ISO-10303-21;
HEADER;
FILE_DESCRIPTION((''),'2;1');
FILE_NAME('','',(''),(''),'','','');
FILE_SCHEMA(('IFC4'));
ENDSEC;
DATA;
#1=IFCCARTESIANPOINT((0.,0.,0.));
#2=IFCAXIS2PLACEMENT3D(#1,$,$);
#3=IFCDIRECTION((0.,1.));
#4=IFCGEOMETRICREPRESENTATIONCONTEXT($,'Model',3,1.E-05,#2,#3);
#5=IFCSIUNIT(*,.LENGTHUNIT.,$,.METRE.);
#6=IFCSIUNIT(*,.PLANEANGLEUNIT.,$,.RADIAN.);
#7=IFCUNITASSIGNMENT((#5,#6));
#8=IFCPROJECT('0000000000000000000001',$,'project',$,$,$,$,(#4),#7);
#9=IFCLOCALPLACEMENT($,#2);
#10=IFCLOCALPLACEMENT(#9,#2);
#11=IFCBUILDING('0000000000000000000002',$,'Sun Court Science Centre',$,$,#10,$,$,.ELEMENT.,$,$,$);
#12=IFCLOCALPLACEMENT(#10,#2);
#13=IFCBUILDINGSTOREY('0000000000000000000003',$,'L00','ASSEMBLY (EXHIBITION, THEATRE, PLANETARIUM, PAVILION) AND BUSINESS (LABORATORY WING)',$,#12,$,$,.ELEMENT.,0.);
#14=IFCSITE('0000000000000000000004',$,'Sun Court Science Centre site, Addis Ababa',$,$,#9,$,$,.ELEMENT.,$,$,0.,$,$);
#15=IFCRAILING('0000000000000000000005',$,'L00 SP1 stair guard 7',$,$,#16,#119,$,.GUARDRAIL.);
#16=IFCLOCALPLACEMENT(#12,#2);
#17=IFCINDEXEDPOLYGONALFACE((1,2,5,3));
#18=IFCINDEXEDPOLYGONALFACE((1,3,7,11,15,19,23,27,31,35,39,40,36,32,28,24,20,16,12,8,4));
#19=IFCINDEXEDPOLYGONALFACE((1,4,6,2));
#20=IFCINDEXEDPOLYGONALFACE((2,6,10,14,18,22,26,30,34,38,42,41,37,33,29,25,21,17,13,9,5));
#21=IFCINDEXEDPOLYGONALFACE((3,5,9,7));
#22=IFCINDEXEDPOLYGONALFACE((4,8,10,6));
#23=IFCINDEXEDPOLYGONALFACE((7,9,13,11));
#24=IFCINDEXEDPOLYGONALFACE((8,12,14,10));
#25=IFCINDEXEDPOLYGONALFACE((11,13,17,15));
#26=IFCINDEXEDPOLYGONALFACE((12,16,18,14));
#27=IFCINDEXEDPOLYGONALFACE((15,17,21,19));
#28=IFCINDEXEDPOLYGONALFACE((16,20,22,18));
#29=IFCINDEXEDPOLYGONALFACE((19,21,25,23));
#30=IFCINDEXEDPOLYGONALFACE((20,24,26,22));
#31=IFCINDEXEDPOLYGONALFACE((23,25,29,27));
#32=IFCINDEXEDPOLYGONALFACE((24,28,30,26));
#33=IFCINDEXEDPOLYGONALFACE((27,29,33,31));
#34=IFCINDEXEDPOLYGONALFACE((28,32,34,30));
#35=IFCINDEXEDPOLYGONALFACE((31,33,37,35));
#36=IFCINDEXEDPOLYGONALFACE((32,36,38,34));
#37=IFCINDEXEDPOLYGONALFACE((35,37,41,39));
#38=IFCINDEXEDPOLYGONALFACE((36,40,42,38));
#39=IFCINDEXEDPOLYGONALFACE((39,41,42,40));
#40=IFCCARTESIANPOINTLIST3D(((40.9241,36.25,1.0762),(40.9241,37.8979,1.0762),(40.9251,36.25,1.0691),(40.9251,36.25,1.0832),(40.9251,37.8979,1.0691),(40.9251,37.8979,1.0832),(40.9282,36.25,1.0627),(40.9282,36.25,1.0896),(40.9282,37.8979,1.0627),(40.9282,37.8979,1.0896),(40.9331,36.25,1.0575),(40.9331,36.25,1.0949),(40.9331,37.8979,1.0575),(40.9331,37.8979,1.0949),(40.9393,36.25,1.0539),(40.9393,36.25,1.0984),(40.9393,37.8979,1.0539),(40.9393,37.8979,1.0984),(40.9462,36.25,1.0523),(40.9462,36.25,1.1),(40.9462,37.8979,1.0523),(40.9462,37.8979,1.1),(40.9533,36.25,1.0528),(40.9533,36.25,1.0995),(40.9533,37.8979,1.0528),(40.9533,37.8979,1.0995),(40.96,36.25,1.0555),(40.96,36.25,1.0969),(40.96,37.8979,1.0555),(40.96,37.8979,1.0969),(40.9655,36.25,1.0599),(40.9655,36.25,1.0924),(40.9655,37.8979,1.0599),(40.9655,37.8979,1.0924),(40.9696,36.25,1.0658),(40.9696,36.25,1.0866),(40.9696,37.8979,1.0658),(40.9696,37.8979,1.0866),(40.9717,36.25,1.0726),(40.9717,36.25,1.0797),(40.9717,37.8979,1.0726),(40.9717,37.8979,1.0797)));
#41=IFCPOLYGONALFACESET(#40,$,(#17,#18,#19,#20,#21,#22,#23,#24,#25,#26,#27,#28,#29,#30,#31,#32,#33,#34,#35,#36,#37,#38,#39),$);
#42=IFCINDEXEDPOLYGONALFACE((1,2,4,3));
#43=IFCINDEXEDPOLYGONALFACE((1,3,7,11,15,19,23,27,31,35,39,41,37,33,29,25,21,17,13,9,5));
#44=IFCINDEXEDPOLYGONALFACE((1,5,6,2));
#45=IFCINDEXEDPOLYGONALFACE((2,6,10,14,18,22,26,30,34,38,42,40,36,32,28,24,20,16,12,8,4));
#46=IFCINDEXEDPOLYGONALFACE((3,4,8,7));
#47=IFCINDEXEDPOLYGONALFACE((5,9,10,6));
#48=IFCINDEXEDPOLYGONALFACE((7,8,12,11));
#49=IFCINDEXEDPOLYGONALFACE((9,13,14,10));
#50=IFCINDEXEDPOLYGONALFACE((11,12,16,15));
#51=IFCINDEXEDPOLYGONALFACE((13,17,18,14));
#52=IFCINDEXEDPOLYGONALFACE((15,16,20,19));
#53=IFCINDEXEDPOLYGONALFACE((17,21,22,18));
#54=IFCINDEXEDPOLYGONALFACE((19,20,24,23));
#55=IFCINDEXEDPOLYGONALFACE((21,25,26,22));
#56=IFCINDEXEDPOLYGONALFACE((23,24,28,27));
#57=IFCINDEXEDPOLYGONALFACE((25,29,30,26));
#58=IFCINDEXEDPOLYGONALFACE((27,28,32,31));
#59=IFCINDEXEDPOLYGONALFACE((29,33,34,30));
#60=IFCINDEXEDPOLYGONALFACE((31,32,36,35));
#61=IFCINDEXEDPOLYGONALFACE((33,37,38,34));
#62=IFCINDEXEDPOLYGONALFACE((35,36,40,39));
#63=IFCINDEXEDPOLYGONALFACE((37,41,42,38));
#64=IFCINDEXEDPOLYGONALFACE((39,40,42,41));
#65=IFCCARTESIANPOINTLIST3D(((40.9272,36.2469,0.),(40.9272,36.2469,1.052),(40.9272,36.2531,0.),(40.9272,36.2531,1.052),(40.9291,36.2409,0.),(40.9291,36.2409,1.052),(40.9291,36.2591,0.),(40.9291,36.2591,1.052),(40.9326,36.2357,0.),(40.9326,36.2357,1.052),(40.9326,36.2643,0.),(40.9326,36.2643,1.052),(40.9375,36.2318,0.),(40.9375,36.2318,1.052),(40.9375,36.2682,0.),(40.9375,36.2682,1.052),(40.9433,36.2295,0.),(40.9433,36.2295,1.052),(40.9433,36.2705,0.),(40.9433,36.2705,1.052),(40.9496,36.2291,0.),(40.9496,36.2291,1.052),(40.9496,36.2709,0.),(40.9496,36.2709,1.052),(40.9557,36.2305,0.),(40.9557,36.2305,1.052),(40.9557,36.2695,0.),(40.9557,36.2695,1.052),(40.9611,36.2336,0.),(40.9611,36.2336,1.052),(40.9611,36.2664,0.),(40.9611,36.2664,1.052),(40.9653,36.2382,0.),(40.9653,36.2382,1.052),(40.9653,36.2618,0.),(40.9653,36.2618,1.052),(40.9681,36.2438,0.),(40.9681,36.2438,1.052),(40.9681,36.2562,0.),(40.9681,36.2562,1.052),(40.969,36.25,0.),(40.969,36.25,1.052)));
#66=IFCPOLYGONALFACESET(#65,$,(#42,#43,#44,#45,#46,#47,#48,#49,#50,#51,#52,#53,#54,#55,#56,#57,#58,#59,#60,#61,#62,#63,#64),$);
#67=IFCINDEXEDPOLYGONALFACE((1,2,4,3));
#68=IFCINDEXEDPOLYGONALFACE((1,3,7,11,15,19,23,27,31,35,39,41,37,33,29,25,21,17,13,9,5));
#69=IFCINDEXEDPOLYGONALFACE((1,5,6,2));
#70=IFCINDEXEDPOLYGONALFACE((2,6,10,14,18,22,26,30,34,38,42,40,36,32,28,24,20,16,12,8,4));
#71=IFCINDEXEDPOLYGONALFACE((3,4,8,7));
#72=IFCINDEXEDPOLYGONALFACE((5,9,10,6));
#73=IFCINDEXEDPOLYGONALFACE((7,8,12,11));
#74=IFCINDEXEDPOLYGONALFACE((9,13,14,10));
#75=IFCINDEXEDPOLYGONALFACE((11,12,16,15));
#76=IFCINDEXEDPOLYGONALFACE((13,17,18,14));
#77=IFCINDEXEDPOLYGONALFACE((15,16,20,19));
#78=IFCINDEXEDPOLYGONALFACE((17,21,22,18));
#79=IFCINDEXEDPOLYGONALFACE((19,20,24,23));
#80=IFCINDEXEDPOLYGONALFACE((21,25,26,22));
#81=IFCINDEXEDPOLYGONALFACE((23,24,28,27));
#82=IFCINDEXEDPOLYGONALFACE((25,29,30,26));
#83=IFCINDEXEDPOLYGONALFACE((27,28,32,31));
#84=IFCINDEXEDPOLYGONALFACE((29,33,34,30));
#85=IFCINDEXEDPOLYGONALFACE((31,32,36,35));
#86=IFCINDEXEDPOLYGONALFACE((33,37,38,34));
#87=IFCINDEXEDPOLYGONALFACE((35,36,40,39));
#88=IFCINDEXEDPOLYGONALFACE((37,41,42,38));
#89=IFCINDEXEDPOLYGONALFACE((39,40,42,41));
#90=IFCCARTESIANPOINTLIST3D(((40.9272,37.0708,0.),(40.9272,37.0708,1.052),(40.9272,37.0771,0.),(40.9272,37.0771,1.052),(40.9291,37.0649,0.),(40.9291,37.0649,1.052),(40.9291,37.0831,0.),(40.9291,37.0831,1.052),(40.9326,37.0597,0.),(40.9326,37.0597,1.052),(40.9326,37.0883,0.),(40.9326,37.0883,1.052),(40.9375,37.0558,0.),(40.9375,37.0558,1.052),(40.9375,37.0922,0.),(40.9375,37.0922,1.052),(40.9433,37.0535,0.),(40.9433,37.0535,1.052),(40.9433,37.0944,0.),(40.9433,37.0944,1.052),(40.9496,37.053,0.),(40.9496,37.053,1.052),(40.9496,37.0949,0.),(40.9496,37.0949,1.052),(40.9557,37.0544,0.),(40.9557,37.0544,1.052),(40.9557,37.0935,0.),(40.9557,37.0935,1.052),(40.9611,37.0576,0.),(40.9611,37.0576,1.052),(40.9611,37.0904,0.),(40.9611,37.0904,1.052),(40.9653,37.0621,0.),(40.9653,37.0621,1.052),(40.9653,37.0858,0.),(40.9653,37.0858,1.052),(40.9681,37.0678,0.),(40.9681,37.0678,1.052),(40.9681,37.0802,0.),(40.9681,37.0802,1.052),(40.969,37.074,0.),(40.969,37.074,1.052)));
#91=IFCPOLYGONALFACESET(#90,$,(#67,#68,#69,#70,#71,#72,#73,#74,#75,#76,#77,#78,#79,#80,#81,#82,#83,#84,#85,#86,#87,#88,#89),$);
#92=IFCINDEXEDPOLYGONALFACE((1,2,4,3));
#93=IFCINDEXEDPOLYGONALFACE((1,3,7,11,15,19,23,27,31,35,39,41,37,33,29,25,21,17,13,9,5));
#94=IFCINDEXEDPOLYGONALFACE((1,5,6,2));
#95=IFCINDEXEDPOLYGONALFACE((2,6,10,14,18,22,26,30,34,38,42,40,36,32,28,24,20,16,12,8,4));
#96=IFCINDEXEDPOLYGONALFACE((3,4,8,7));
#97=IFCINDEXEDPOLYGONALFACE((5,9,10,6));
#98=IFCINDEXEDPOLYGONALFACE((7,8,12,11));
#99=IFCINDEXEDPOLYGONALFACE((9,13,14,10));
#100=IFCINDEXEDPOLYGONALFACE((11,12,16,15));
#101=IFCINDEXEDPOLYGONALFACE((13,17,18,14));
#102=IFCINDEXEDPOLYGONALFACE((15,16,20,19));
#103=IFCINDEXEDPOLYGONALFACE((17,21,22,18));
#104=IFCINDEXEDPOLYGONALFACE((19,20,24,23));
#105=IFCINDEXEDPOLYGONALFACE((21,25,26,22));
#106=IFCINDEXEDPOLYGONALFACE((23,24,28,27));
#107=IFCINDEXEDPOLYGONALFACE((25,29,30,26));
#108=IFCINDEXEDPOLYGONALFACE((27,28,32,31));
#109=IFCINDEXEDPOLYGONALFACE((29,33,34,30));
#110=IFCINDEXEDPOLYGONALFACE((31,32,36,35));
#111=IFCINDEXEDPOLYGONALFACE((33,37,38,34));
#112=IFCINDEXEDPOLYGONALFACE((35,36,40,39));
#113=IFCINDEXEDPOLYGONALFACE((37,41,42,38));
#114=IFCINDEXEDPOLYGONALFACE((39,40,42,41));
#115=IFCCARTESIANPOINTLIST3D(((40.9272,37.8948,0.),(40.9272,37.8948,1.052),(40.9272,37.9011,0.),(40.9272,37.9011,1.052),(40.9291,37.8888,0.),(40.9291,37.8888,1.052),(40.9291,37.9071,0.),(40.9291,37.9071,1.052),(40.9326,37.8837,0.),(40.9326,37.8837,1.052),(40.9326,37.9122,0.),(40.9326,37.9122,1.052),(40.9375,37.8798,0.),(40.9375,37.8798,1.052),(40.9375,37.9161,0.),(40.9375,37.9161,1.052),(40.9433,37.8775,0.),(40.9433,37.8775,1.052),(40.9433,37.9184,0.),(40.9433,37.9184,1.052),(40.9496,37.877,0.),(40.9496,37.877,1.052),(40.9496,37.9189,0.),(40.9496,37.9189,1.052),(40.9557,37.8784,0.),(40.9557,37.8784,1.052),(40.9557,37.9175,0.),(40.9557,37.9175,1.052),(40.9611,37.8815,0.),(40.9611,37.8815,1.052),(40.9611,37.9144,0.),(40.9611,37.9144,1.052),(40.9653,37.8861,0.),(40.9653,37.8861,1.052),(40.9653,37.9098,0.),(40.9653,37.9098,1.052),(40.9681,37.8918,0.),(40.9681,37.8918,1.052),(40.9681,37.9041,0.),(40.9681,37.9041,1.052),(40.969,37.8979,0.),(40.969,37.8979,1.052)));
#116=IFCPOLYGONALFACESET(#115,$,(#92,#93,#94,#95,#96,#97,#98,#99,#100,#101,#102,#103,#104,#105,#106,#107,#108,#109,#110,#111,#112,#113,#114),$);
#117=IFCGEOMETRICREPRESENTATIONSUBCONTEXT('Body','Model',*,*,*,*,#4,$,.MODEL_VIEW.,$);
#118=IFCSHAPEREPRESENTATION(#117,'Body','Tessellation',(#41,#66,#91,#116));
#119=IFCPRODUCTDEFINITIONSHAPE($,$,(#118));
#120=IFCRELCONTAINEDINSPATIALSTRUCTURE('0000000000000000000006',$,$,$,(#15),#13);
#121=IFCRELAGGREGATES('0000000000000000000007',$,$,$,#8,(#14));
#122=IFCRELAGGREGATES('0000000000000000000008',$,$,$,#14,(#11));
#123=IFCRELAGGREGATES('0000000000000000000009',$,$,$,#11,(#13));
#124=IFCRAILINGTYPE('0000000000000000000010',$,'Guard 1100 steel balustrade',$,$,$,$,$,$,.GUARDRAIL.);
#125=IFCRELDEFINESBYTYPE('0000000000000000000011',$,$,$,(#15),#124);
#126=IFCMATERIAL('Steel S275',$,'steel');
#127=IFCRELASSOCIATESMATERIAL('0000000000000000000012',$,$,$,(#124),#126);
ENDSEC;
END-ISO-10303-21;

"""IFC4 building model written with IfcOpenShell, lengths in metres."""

from ifc_helpers import new_model, si_unit, direction, frame, origin, origin_2d, place, context, subcontext, project, spatial, circle, extrude, material, type_object, element, save


model = new_model("IFC4")

# Units and contexts
model_context = context("Model", 3, precision=1e-05, world=origin(), true_north=direction((0.0, 1.0)))
body_context = subcontext(model_context, "Body", "Model", "MODEL_VIEW")
ifc_project = project(units=[si_unit("LENGTHUNIT", "METRE"), si_unit("PLANEANGLEUNIT", "RADIAN")], contexts=[model_context])

# Site, building, storey
site_placement = place(None, origin())
site = spatial("IfcSite", under=ifc_project, at=site_placement, Name="Sun Court Science Centre site, Addis Ababa", CompositionType="ELEMENT", RefElevation=0.0)
building_placement = place(site_placement, origin())
building = spatial("IfcBuilding", under=site, at=building_placement, Name="Sun Court Science Centre", CompositionType="ELEMENT")
storey_placement = place(building_placement, origin())
storey = spatial("IfcBuildingStorey", under=building, at=storey_placement, Name="L00", Description="ASSEMBLY (EXHIBITION, THEATRE, PLANETARIUM, PAVILION) AND BUSINESS (LABORATORY WING)", CompositionType="ELEMENT", Elevation=0.0)

# Railing
ifc_material_1 = material(Name="Steel S275", Category="steel")
railing_type_1 = type_object("IfcRailingType", Name="Guard 1100 steel balustrade", PredefinedType="GUARDRAIL", material=ifc_material_1)
railing_1_placement = place(storey_placement, frame((40.948, 36.25, 0.0)))
element("IfcRailing", 1, at=railing_1_placement, inside=storey, type_object=railing_type_1, Name="L00 SP1 stair guard 7", PredefinedType="GUARDRAIL", context=body_context, shape_type="SweptSolid", body=[
    extrude(circle(Radius=0.0239, at=origin_2d()), frame((0.0, 0.0, 1.0762), z_axis=(0.0, 1.0, 0.0), x_axis=(-1.0, 0.0, 0.0)), (0.0, 0.0, 1.0), 1.6479),
    extrude(circle(Radius=0.021, at=origin_2d()), origin(), (0.0, 0.0, 1.0), 1.052),
    extrude(circle(Radius=0.021, at=origin_2d()), frame((0.0, 0.824, 0.0)), (0.0, 0.0, 1.0), 1.052),
    extrude(circle(Radius=0.021, at=origin_2d()), frame((0.0, 1.6479, 0.0)), (0.0, 0.0, 1.0), 1.052),
])

save(model, "model.ifc")
